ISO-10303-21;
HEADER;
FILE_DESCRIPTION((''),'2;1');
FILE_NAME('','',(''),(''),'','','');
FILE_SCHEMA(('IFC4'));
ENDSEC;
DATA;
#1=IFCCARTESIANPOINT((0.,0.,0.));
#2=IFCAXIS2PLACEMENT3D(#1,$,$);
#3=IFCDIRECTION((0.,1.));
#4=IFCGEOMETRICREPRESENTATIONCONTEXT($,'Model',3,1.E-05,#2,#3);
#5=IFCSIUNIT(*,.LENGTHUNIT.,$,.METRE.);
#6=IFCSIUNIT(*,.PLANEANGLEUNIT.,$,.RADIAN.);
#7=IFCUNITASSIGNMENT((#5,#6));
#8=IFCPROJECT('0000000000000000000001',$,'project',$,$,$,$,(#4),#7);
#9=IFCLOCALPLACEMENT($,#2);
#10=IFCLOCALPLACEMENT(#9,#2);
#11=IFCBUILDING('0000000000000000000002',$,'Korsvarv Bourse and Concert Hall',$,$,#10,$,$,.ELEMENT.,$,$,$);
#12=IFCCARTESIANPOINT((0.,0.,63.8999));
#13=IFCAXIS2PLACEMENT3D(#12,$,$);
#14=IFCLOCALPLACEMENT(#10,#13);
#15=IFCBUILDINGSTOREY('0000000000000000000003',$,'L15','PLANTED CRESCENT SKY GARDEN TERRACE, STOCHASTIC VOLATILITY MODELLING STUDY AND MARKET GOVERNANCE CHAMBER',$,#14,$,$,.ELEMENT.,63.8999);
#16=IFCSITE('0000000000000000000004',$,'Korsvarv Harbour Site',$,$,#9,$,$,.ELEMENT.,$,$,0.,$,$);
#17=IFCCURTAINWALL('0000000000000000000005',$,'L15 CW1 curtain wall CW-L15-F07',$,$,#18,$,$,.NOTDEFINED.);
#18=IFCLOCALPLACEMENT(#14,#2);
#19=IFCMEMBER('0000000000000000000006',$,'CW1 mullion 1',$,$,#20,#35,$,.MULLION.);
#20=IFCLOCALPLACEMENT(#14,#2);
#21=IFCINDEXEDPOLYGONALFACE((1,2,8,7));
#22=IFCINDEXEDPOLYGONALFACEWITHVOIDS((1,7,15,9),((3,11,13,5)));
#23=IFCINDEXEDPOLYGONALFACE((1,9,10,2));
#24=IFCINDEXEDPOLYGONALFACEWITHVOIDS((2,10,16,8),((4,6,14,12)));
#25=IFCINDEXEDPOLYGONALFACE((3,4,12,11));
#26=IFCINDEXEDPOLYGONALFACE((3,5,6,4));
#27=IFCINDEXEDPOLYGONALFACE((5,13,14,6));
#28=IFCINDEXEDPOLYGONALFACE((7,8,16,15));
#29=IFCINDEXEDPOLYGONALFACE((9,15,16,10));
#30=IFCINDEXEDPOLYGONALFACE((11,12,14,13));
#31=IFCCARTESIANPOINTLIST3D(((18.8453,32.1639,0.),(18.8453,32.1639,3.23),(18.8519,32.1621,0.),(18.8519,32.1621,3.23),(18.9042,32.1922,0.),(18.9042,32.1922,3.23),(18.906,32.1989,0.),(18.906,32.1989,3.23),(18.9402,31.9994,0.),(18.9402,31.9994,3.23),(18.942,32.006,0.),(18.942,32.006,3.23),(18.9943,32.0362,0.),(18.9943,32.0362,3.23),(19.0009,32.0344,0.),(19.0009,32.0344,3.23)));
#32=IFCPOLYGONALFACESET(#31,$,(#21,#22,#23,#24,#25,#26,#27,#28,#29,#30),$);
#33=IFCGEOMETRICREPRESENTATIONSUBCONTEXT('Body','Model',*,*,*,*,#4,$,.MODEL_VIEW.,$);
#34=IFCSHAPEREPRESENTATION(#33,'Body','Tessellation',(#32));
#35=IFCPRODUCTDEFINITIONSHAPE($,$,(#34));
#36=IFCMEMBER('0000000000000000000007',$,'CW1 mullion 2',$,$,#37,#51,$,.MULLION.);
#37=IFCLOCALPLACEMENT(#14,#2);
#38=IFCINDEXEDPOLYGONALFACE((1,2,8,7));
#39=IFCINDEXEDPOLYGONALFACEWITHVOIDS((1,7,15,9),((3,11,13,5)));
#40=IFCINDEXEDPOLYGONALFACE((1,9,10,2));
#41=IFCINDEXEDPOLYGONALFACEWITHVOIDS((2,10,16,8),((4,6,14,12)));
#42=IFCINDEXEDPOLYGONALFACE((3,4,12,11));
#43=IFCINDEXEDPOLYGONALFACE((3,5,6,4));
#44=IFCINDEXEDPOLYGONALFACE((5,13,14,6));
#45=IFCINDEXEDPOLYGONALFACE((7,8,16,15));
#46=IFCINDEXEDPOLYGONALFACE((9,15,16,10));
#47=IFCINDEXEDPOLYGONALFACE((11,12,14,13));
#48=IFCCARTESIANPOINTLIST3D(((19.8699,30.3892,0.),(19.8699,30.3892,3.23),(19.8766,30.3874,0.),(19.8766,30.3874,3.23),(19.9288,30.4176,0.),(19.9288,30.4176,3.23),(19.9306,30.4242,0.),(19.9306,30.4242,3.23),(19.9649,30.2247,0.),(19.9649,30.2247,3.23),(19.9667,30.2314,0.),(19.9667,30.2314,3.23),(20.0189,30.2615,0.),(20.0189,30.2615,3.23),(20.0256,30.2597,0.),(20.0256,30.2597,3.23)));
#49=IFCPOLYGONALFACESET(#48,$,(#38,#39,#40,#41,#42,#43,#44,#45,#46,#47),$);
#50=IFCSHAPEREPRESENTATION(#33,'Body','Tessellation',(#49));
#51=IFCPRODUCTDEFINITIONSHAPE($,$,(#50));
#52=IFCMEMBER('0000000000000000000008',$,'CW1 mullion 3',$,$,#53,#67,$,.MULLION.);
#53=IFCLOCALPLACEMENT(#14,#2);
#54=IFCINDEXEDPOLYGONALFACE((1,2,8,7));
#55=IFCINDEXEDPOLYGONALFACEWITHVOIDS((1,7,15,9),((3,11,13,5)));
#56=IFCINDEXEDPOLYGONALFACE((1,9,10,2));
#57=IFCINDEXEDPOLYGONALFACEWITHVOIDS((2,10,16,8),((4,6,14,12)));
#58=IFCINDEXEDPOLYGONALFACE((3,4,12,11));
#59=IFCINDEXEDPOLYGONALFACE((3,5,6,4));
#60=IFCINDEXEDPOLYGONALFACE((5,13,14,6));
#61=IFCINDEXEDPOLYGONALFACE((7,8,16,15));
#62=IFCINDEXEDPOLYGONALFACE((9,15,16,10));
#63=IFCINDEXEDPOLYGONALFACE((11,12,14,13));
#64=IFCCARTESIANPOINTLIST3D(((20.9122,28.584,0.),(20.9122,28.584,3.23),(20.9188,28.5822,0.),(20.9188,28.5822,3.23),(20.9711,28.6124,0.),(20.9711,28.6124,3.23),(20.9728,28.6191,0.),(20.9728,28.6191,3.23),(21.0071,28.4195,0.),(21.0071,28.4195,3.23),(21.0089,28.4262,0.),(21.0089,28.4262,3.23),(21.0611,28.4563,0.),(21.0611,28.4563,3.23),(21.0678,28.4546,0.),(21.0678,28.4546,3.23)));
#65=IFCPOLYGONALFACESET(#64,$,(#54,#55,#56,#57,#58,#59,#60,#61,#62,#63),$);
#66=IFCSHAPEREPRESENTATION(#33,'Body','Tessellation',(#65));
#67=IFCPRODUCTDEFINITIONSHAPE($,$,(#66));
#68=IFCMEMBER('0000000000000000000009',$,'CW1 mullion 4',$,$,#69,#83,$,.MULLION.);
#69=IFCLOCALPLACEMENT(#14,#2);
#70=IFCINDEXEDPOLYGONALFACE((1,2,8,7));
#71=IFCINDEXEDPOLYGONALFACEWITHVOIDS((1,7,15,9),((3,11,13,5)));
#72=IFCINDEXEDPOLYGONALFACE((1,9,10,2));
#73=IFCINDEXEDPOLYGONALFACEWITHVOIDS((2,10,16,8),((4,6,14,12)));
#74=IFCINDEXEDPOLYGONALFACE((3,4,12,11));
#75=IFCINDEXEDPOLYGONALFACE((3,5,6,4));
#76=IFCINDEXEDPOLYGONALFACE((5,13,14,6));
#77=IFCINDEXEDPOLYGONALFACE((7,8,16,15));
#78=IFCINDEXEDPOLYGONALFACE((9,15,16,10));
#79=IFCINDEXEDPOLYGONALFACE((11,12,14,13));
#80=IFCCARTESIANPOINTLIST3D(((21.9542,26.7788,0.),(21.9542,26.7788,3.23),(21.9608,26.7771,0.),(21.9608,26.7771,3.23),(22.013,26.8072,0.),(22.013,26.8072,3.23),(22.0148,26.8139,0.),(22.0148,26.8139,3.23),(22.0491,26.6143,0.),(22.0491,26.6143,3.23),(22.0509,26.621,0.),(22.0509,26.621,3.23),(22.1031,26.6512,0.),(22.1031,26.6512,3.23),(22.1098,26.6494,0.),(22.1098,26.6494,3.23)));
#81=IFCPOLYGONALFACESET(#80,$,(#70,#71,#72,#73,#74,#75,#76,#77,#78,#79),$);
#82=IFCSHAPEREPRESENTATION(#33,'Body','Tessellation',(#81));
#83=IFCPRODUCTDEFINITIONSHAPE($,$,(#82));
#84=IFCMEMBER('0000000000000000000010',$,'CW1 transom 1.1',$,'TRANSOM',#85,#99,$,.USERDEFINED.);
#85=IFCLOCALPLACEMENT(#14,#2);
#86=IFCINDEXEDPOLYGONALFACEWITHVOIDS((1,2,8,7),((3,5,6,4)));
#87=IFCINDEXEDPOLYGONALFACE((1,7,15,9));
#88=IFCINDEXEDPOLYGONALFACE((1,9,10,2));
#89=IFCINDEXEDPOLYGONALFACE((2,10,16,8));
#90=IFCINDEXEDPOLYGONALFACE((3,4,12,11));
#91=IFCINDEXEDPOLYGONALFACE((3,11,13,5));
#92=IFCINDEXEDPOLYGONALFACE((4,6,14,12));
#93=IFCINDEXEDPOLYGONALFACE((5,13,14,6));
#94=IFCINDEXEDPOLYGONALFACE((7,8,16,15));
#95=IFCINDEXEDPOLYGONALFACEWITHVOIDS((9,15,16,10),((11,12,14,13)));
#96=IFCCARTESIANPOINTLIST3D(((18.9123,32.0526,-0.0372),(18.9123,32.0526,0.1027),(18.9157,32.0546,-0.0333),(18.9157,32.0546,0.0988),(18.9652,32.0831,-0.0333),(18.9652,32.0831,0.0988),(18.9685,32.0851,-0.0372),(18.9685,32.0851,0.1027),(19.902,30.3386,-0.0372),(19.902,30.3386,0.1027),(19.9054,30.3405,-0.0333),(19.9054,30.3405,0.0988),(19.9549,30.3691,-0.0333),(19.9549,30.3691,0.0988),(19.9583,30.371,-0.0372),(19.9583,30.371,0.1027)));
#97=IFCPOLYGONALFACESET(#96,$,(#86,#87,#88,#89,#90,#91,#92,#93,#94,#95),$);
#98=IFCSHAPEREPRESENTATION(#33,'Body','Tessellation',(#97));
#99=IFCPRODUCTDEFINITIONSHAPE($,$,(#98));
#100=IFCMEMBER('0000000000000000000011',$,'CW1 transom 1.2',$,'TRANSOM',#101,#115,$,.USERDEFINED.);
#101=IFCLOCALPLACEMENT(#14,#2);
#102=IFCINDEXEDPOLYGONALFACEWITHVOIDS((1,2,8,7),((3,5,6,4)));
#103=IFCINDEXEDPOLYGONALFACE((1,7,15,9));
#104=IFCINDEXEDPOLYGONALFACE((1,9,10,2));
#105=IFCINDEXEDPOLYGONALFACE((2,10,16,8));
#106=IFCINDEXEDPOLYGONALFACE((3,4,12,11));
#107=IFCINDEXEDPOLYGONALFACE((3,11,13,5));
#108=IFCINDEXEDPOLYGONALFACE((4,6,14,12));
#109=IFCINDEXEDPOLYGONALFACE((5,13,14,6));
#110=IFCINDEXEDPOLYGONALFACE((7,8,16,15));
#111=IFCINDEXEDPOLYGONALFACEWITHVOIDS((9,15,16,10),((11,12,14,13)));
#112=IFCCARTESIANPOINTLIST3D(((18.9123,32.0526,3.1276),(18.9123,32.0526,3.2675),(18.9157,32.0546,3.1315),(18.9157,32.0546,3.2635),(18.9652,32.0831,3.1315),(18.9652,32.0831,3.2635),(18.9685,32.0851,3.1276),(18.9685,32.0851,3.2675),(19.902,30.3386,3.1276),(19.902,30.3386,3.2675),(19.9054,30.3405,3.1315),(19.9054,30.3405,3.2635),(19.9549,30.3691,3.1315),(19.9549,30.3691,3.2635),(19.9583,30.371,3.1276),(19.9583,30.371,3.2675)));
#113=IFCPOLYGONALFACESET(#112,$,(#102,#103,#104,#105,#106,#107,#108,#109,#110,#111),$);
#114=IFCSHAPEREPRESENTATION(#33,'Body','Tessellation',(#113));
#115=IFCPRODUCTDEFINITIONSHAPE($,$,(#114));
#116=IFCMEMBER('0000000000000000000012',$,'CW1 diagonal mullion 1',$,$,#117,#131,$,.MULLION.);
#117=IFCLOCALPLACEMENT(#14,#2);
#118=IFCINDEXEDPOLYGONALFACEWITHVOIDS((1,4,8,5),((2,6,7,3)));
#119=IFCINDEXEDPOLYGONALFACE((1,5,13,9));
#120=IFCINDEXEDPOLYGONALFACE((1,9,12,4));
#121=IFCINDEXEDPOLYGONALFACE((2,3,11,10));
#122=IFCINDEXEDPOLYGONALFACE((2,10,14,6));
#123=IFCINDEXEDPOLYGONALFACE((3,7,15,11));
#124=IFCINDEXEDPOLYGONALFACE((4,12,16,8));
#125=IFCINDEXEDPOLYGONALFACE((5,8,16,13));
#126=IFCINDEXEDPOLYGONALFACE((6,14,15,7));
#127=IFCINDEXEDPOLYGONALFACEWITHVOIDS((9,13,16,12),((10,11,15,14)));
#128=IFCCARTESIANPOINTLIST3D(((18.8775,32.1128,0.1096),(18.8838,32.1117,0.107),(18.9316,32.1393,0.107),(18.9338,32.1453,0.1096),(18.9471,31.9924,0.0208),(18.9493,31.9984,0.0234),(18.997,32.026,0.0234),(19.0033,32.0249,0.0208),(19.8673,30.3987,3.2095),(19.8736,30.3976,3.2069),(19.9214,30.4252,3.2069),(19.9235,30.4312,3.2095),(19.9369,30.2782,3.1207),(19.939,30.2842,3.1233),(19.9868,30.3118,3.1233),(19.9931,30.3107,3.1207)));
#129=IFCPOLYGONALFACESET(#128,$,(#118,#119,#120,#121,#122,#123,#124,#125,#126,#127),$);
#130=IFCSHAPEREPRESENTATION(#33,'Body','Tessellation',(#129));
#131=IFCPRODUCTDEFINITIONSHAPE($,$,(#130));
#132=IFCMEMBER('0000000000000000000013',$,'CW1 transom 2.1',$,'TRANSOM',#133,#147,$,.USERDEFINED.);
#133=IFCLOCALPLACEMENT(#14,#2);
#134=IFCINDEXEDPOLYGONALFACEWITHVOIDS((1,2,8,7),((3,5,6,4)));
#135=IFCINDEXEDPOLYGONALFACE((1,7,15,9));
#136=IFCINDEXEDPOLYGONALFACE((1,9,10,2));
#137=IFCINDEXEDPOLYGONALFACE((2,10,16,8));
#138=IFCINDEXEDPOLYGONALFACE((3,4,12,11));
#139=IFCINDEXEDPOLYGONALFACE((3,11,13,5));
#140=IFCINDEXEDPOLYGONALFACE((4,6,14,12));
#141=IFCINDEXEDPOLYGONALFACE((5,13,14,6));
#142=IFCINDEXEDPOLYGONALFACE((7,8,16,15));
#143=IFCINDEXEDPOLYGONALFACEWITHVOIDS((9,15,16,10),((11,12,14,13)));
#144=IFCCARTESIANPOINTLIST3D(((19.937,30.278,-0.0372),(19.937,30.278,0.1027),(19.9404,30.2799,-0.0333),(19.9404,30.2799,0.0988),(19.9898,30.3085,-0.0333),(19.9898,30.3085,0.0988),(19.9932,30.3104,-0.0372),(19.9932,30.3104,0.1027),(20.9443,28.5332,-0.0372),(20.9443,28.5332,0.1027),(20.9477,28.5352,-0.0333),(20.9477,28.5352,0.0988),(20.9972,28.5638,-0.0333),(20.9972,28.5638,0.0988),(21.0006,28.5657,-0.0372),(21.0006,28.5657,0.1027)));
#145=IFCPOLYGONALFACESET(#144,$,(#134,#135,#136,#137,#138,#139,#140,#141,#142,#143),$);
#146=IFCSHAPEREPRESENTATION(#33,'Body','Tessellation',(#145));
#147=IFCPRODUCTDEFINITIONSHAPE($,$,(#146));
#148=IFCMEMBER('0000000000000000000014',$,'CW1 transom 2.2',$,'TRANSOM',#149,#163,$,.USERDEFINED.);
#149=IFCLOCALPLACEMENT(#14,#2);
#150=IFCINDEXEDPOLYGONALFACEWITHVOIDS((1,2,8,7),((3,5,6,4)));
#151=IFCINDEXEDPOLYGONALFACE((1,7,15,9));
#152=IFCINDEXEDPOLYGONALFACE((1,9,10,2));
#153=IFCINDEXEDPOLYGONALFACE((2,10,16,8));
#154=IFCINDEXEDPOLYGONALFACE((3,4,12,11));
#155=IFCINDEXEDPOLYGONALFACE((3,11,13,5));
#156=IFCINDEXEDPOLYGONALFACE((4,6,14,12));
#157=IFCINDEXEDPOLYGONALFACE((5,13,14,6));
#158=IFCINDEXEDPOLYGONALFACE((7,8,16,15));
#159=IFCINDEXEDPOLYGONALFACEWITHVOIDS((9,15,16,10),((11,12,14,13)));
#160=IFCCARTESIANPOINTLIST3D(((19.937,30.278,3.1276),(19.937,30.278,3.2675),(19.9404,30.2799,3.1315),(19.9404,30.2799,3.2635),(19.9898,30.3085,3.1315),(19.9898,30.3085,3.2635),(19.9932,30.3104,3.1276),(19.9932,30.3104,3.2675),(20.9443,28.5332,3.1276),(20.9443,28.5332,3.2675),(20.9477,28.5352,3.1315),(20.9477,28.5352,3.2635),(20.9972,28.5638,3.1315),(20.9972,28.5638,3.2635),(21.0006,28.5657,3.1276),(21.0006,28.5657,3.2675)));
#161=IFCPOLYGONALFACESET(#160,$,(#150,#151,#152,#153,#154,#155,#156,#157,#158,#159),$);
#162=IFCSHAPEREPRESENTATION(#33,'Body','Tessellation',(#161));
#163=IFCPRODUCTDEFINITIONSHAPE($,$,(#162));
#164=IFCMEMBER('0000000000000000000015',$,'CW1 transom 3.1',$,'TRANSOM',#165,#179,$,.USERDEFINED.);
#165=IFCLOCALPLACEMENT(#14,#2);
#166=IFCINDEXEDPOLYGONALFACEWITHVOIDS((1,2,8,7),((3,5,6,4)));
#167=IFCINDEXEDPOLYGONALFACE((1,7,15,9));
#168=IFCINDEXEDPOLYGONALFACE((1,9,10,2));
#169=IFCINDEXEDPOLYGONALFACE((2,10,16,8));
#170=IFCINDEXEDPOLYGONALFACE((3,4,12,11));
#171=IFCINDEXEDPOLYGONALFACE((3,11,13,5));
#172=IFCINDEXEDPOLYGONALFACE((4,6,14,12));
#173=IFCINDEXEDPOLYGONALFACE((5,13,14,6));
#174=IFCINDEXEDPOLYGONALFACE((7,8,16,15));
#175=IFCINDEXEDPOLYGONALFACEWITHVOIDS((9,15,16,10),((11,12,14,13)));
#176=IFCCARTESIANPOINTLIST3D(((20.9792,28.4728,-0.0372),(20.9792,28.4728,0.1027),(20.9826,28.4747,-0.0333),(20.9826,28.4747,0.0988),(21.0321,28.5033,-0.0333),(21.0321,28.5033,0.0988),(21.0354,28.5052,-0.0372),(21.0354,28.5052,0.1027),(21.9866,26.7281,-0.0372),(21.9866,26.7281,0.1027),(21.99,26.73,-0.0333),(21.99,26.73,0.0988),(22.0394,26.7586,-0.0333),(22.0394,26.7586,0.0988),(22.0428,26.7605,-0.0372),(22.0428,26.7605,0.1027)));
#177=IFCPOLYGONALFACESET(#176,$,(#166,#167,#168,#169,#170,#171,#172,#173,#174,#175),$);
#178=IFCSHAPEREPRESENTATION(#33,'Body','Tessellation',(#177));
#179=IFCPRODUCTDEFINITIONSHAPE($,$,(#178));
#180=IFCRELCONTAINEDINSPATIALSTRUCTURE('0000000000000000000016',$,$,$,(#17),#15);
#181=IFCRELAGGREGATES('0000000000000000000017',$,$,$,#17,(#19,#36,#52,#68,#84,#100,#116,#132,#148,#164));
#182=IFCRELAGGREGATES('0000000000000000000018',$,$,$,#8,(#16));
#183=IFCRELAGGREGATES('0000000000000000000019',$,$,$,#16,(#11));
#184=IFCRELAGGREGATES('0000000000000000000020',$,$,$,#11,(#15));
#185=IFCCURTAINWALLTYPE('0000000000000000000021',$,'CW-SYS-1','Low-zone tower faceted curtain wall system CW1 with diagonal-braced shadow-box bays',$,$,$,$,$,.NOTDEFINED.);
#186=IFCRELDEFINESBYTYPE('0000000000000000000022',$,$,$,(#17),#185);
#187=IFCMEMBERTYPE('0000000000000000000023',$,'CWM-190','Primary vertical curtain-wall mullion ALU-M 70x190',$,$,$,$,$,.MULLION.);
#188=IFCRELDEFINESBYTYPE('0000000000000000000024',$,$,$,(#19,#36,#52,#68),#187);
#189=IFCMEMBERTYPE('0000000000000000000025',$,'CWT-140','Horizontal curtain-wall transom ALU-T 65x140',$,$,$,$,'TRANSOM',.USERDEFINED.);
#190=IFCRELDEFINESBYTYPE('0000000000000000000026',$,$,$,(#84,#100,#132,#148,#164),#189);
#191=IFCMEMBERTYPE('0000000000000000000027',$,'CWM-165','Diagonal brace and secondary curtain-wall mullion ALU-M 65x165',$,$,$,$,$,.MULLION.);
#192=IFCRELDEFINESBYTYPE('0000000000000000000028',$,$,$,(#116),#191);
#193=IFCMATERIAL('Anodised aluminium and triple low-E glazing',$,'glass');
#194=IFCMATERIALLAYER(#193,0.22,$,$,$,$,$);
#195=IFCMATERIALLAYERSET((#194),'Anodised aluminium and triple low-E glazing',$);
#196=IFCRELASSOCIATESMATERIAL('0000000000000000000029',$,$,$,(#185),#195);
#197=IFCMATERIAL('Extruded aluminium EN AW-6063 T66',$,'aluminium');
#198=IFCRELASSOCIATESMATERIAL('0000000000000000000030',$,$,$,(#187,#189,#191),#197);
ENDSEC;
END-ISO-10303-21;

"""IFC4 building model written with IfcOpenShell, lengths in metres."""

from ifc_helpers import new_model, si_unit, direction, frame, origin, origin_2d, place, context, subcontext, project, spatial, hollow_rectangle, extrude, source, transform, mapped, material, layer, layer_set, material_profile, profile_set, type_object, element, aggregate, save


model = new_model("IFC4")

# Units and contexts
model_context = context("Model", 3, precision=1e-05, world=origin(), true_north=direction((0.0, 1.0)))
body_context = subcontext(model_context, "Body", "Model", "MODEL_VIEW")
ifc_project = project(units=[si_unit("LENGTHUNIT", "METRE"), si_unit("PLANEANGLEUNIT", "RADIAN")], contexts=[model_context])

# Site, building, storey
site_placement = place(None, origin())
site = spatial("IfcSite", under=ifc_project, at=site_placement, Name="Korsvarv Harbour Site", CompositionType="ELEMENT", RefElevation=0.0)
building_placement = place(site_placement, origin())
building = spatial("IfcBuilding", under=site, at=building_placement, Name="Korsvarv Bourse and Concert Hall", CompositionType="ELEMENT")
storey_placement = place(building_placement, frame((0.0, 0.0, 63.8999)))
storey = spatial("IfcBuildingStorey", under=building, at=storey_placement, Name="L15", Description="PLANTED CRESCENT SKY GARDEN TERRACE, STOCHASTIC VOLATILITY MODELLING STUDY AND MARKET GOVERNANCE CHAMBER", CompositionType="ELEMENT", Elevation=63.8999)

# Curtain wall, members
ifc_material_1 = material(Name="Anodised aluminium and triple low-E glazing", Category="glass")
ifc_layer_1 = layer(ifc_material_1, 0.22)
ifc_layer_set_1 = layer_set([ifc_layer_1], Name="Anodised aluminium and triple low-E glazing")
curtain_wall_type = type_object("IfcCurtainWallType", Name="CW-SYS-1", Description="Low-zone tower faceted curtain wall system CW1 with diagonal-braced shadow-box bays", PredefinedType="NOTDEFINED", material=ifc_layer_set_1)
curtain_wall_placement = place(storey_placement, origin())
curtain_wall = element("IfcCurtainWall", 1, at=curtain_wall_placement, inside=storey, type_object=curtain_wall_type, Name="L15 CW1 curtain wall CW-L15-F07", PredefinedType="NOTDEFINED")
ifc_material_2 = material(Name="Extruded aluminium EN AW-6063 T66", Category="aluminium")
ifc_material_profile_1 = material_profile(ifc_material_2, hollow_rectangle(XDim=0.0701, YDim=0.1899, WallThickness=0.0049, at=origin_2d()), Name="ALU-M 70x190")
ifc_profile_set_1 = profile_set([ifc_material_profile_1], Name="Extruded aluminium EN AW-6063 T66")
member_type_1 = type_object("IfcMemberType", Name="CWM-190", Description="Primary vertical curtain-wall mullion ALU-M 70x190", PredefinedType="MULLION", material=ifc_profile_set_1)
shared_shape_1 = source(origin(), body_context, "Body", "SweptSolid", [
    extrude(hollow_rectangle(XDim=0.0701, YDim=0.1899, WallThickness=0.0049, at=origin_2d()), origin(), (0.0, 0.0, 1.0), 3.23),
])
member_1_placement = place(storey_placement, frame((18.9231, 32.0991, 0.0), z_axis=(0.0, 0.0, 1.0), x_axis=(0.866022, 0.500006, 0.0)))
member_1 = element("IfcMember", 2, at=member_1_placement, type_object=member_type_1, Name="CW1 mullion 1", PredefinedType="MULLION", context=body_context, shape_type="MappedRepresentation", body=[
    mapped(shared_shape_1, transform((0.0, 0.0, 0.0), scale=1.0)),
])
member_2_placement = place(storey_placement, frame((19.9478, 30.3245, 0.0), z_axis=(0.0, 0.0, 1.0), x_axis=(0.866022, 0.500006, 0.0)))
member_2 = element("IfcMember", 3, at=member_2_placement, type_object=member_type_1, Name="CW1 mullion 2", PredefinedType="MULLION", context=body_context, shape_type="MappedRepresentation", body=[
    mapped(shared_shape_1, transform((0.0, 0.0, 0.0), scale=1.0)),
])
member_3_placement = place(storey_placement, frame((20.99, 28.5193, 0.0), z_axis=(0.0, 0.0, 1.0), x_axis=(0.866022, 0.500006, 0.0)))
member_3 = element("IfcMember", 4, at=member_3_placement, type_object=member_type_1, Name="CW1 mullion 3", PredefinedType="MULLION", context=body_context, shape_type="MappedRepresentation", body=[
    mapped(shared_shape_1, transform((0.0, 0.0, 0.0), scale=1.0)),
])
member_4_placement = place(storey_placement, frame((22.032, 26.7141, 0.0), z_axis=(0.0, 0.0, 1.0), x_axis=(0.866022, 0.500006, 0.0)))
member_4 = element("IfcMember", 5, at=member_4_placement, type_object=member_type_1, Name="CW1 mullion 4", PredefinedType="MULLION", context=body_context, shape_type="MappedRepresentation", body=[
    mapped(shared_shape_1, transform((0.0, 0.0, 0.0), scale=1.0)),
])
ifc_material_profile_2 = material_profile(ifc_material_2, hollow_rectangle(XDim=0.0649, YDim=0.1399, WallThickness=0.0039, at=origin_2d()), Name="ALU-T 65x140")
ifc_profile_set_2 = profile_set([ifc_material_profile_2], Name="Extruded aluminium EN AW-6063 T66")
member_type_2 = type_object("IfcMemberType", Name="CWT-140", Description="Horizontal curtain-wall transom ALU-T 65x140", ElementType="TRANSOM", PredefinedType="USERDEFINED", material=ifc_profile_set_2)
shared_shape_2 = source(origin(), body_context, "Body", "SweptSolid", [
    extrude(hollow_rectangle(XDim=0.0649, YDim=0.1399, WallThickness=0.0039, at=origin_2d()), origin(), (0.0, 0.0, 1.0), 1.9792),
])
member_5_placement = place(storey_placement, frame((18.9404, 32.0688, 0.0327), z_axis=(0.500039, -0.866003, 0.0), x_axis=(0.866003, 0.500039, 0.0)))
member_5 = element("IfcMember", 6, at=member_5_placement, type_object=member_type_2, Name="CW1 transom 1.1", ObjectType="TRANSOM", PredefinedType="USERDEFINED", context=body_context, shape_type="MappedRepresentation", body=[
    mapped(shared_shape_2, transform((0.0, 0.0, 0.0), scale=1.0)),
])
member_6_placement = place(storey_placement, frame((18.9404, 32.0688, 3.1975), z_axis=(0.500039, -0.866003, 0.0), x_axis=(0.866003, 0.500039, 0.0)))
member_6 = element("IfcMember", 7, at=member_6_placement, type_object=member_type_2, Name="CW1 transom 1.2", ObjectType="TRANSOM", PredefinedType="USERDEFINED", context=body_context, shape_type="MappedRepresentation", body=[
    mapped(shared_shape_2, transform((0.0, 0.0, 0.0), scale=1.0)),
])
ifc_material_profile_3 = material_profile(ifc_material_2, hollow_rectangle(XDim=0.0649, YDim=0.165, WallThickness=0.0049, at=origin_2d()), Name="ALU-M 65x165")
ifc_profile_set_3 = profile_set([ifc_material_profile_3], Name="Extruded aluminium EN AW-6063 T66")
member_type_3 = type_object("IfcMemberType", Name="CWM-165", Description="Diagonal brace and secondary curtain-wall mullion ALU-M 65x165", PredefinedType="MULLION", material=ifc_profile_set_3)
shared_shape_3 = source(origin(), body_context, "Body", "SweptSolid", [
    extrude(hollow_rectangle(XDim=0.0649, YDim=0.165, WallThickness=0.0049, at=origin_2d()), origin(), (0.0, 0.0, 1.0), 3.678),
])
member_7_placement = place(storey_placement, frame((18.9404, 32.0688, 0.0652), z_axis=(0.269107, -0.466058, 0.842835), x_axis=(0.866003, 0.500039, 0.0)))
member_7 = element("IfcMember", 8, at=member_7_placement, type_object=member_type_3, Name="CW1 diagonal mullion 1", PredefinedType="MULLION", context=body_context, shape_type="MappedRepresentation", body=[
    mapped(shared_shape_3, transform((0.0, 0.0, 0.0), scale=1.0)),
])
shared_shape_4 = source(origin(), body_context, "Body", "SweptSolid", [
    extrude(hollow_rectangle(XDim=0.0649, YDim=0.1399, WallThickness=0.0039, at=origin_2d()), origin(), (0.0, 0.0, 1.0), 2.0146),
])
member_8_placement = place(storey_placement, frame((19.9651, 30.2942, 0.0327), z_axis=(0.500023, -0.866012, 0.0), x_axis=(0.866012, 0.500023, 0.0)))
member_8 = element("IfcMember", 9, at=member_8_placement, type_object=member_type_2, Name="CW1 transom 2.1", ObjectType="TRANSOM", PredefinedType="USERDEFINED", context=body_context, shape_type="MappedRepresentation", body=[
    mapped(shared_shape_4, transform((0.0, 0.0, 0.0), scale=1.0)),
])
member_9_placement = place(storey_placement, frame((19.9651, 30.2942, 3.1975), z_axis=(0.500023, -0.866012, 0.0), x_axis=(0.866012, 0.500023, 0.0)))
member_9 = element("IfcMember", 10, at=member_9_placement, type_object=member_type_2, Name="CW1 transom 2.2", ObjectType="TRANSOM", PredefinedType="USERDEFINED", context=body_context, shape_type="MappedRepresentation", body=[
    mapped(shared_shape_4, transform((0.0, 0.0, 0.0), scale=1.0)),
])
member_10_placement = place(storey_placement, frame((21.0073, 28.489, 0.0327), z_axis=(0.500023, -0.866012, 0.0), x_axis=(0.866012, 0.500023, 0.0)))
member_10 = element("IfcMember", 11, at=member_10_placement, type_object=member_type_2, Name="CW1 transom 3.1", ObjectType="TRANSOM", PredefinedType="USERDEFINED", context=body_context, shape_type="MappedRepresentation", body=[
    mapped(shared_shape_4, transform((0.0, 0.0, 0.0), scale=1.0)),
])
aggregate(curtain_wall, [member_1, member_2, member_3, member_4, member_5, member_6, member_7, member_8, member_9, member_10])

save(model, "model.ifc")
